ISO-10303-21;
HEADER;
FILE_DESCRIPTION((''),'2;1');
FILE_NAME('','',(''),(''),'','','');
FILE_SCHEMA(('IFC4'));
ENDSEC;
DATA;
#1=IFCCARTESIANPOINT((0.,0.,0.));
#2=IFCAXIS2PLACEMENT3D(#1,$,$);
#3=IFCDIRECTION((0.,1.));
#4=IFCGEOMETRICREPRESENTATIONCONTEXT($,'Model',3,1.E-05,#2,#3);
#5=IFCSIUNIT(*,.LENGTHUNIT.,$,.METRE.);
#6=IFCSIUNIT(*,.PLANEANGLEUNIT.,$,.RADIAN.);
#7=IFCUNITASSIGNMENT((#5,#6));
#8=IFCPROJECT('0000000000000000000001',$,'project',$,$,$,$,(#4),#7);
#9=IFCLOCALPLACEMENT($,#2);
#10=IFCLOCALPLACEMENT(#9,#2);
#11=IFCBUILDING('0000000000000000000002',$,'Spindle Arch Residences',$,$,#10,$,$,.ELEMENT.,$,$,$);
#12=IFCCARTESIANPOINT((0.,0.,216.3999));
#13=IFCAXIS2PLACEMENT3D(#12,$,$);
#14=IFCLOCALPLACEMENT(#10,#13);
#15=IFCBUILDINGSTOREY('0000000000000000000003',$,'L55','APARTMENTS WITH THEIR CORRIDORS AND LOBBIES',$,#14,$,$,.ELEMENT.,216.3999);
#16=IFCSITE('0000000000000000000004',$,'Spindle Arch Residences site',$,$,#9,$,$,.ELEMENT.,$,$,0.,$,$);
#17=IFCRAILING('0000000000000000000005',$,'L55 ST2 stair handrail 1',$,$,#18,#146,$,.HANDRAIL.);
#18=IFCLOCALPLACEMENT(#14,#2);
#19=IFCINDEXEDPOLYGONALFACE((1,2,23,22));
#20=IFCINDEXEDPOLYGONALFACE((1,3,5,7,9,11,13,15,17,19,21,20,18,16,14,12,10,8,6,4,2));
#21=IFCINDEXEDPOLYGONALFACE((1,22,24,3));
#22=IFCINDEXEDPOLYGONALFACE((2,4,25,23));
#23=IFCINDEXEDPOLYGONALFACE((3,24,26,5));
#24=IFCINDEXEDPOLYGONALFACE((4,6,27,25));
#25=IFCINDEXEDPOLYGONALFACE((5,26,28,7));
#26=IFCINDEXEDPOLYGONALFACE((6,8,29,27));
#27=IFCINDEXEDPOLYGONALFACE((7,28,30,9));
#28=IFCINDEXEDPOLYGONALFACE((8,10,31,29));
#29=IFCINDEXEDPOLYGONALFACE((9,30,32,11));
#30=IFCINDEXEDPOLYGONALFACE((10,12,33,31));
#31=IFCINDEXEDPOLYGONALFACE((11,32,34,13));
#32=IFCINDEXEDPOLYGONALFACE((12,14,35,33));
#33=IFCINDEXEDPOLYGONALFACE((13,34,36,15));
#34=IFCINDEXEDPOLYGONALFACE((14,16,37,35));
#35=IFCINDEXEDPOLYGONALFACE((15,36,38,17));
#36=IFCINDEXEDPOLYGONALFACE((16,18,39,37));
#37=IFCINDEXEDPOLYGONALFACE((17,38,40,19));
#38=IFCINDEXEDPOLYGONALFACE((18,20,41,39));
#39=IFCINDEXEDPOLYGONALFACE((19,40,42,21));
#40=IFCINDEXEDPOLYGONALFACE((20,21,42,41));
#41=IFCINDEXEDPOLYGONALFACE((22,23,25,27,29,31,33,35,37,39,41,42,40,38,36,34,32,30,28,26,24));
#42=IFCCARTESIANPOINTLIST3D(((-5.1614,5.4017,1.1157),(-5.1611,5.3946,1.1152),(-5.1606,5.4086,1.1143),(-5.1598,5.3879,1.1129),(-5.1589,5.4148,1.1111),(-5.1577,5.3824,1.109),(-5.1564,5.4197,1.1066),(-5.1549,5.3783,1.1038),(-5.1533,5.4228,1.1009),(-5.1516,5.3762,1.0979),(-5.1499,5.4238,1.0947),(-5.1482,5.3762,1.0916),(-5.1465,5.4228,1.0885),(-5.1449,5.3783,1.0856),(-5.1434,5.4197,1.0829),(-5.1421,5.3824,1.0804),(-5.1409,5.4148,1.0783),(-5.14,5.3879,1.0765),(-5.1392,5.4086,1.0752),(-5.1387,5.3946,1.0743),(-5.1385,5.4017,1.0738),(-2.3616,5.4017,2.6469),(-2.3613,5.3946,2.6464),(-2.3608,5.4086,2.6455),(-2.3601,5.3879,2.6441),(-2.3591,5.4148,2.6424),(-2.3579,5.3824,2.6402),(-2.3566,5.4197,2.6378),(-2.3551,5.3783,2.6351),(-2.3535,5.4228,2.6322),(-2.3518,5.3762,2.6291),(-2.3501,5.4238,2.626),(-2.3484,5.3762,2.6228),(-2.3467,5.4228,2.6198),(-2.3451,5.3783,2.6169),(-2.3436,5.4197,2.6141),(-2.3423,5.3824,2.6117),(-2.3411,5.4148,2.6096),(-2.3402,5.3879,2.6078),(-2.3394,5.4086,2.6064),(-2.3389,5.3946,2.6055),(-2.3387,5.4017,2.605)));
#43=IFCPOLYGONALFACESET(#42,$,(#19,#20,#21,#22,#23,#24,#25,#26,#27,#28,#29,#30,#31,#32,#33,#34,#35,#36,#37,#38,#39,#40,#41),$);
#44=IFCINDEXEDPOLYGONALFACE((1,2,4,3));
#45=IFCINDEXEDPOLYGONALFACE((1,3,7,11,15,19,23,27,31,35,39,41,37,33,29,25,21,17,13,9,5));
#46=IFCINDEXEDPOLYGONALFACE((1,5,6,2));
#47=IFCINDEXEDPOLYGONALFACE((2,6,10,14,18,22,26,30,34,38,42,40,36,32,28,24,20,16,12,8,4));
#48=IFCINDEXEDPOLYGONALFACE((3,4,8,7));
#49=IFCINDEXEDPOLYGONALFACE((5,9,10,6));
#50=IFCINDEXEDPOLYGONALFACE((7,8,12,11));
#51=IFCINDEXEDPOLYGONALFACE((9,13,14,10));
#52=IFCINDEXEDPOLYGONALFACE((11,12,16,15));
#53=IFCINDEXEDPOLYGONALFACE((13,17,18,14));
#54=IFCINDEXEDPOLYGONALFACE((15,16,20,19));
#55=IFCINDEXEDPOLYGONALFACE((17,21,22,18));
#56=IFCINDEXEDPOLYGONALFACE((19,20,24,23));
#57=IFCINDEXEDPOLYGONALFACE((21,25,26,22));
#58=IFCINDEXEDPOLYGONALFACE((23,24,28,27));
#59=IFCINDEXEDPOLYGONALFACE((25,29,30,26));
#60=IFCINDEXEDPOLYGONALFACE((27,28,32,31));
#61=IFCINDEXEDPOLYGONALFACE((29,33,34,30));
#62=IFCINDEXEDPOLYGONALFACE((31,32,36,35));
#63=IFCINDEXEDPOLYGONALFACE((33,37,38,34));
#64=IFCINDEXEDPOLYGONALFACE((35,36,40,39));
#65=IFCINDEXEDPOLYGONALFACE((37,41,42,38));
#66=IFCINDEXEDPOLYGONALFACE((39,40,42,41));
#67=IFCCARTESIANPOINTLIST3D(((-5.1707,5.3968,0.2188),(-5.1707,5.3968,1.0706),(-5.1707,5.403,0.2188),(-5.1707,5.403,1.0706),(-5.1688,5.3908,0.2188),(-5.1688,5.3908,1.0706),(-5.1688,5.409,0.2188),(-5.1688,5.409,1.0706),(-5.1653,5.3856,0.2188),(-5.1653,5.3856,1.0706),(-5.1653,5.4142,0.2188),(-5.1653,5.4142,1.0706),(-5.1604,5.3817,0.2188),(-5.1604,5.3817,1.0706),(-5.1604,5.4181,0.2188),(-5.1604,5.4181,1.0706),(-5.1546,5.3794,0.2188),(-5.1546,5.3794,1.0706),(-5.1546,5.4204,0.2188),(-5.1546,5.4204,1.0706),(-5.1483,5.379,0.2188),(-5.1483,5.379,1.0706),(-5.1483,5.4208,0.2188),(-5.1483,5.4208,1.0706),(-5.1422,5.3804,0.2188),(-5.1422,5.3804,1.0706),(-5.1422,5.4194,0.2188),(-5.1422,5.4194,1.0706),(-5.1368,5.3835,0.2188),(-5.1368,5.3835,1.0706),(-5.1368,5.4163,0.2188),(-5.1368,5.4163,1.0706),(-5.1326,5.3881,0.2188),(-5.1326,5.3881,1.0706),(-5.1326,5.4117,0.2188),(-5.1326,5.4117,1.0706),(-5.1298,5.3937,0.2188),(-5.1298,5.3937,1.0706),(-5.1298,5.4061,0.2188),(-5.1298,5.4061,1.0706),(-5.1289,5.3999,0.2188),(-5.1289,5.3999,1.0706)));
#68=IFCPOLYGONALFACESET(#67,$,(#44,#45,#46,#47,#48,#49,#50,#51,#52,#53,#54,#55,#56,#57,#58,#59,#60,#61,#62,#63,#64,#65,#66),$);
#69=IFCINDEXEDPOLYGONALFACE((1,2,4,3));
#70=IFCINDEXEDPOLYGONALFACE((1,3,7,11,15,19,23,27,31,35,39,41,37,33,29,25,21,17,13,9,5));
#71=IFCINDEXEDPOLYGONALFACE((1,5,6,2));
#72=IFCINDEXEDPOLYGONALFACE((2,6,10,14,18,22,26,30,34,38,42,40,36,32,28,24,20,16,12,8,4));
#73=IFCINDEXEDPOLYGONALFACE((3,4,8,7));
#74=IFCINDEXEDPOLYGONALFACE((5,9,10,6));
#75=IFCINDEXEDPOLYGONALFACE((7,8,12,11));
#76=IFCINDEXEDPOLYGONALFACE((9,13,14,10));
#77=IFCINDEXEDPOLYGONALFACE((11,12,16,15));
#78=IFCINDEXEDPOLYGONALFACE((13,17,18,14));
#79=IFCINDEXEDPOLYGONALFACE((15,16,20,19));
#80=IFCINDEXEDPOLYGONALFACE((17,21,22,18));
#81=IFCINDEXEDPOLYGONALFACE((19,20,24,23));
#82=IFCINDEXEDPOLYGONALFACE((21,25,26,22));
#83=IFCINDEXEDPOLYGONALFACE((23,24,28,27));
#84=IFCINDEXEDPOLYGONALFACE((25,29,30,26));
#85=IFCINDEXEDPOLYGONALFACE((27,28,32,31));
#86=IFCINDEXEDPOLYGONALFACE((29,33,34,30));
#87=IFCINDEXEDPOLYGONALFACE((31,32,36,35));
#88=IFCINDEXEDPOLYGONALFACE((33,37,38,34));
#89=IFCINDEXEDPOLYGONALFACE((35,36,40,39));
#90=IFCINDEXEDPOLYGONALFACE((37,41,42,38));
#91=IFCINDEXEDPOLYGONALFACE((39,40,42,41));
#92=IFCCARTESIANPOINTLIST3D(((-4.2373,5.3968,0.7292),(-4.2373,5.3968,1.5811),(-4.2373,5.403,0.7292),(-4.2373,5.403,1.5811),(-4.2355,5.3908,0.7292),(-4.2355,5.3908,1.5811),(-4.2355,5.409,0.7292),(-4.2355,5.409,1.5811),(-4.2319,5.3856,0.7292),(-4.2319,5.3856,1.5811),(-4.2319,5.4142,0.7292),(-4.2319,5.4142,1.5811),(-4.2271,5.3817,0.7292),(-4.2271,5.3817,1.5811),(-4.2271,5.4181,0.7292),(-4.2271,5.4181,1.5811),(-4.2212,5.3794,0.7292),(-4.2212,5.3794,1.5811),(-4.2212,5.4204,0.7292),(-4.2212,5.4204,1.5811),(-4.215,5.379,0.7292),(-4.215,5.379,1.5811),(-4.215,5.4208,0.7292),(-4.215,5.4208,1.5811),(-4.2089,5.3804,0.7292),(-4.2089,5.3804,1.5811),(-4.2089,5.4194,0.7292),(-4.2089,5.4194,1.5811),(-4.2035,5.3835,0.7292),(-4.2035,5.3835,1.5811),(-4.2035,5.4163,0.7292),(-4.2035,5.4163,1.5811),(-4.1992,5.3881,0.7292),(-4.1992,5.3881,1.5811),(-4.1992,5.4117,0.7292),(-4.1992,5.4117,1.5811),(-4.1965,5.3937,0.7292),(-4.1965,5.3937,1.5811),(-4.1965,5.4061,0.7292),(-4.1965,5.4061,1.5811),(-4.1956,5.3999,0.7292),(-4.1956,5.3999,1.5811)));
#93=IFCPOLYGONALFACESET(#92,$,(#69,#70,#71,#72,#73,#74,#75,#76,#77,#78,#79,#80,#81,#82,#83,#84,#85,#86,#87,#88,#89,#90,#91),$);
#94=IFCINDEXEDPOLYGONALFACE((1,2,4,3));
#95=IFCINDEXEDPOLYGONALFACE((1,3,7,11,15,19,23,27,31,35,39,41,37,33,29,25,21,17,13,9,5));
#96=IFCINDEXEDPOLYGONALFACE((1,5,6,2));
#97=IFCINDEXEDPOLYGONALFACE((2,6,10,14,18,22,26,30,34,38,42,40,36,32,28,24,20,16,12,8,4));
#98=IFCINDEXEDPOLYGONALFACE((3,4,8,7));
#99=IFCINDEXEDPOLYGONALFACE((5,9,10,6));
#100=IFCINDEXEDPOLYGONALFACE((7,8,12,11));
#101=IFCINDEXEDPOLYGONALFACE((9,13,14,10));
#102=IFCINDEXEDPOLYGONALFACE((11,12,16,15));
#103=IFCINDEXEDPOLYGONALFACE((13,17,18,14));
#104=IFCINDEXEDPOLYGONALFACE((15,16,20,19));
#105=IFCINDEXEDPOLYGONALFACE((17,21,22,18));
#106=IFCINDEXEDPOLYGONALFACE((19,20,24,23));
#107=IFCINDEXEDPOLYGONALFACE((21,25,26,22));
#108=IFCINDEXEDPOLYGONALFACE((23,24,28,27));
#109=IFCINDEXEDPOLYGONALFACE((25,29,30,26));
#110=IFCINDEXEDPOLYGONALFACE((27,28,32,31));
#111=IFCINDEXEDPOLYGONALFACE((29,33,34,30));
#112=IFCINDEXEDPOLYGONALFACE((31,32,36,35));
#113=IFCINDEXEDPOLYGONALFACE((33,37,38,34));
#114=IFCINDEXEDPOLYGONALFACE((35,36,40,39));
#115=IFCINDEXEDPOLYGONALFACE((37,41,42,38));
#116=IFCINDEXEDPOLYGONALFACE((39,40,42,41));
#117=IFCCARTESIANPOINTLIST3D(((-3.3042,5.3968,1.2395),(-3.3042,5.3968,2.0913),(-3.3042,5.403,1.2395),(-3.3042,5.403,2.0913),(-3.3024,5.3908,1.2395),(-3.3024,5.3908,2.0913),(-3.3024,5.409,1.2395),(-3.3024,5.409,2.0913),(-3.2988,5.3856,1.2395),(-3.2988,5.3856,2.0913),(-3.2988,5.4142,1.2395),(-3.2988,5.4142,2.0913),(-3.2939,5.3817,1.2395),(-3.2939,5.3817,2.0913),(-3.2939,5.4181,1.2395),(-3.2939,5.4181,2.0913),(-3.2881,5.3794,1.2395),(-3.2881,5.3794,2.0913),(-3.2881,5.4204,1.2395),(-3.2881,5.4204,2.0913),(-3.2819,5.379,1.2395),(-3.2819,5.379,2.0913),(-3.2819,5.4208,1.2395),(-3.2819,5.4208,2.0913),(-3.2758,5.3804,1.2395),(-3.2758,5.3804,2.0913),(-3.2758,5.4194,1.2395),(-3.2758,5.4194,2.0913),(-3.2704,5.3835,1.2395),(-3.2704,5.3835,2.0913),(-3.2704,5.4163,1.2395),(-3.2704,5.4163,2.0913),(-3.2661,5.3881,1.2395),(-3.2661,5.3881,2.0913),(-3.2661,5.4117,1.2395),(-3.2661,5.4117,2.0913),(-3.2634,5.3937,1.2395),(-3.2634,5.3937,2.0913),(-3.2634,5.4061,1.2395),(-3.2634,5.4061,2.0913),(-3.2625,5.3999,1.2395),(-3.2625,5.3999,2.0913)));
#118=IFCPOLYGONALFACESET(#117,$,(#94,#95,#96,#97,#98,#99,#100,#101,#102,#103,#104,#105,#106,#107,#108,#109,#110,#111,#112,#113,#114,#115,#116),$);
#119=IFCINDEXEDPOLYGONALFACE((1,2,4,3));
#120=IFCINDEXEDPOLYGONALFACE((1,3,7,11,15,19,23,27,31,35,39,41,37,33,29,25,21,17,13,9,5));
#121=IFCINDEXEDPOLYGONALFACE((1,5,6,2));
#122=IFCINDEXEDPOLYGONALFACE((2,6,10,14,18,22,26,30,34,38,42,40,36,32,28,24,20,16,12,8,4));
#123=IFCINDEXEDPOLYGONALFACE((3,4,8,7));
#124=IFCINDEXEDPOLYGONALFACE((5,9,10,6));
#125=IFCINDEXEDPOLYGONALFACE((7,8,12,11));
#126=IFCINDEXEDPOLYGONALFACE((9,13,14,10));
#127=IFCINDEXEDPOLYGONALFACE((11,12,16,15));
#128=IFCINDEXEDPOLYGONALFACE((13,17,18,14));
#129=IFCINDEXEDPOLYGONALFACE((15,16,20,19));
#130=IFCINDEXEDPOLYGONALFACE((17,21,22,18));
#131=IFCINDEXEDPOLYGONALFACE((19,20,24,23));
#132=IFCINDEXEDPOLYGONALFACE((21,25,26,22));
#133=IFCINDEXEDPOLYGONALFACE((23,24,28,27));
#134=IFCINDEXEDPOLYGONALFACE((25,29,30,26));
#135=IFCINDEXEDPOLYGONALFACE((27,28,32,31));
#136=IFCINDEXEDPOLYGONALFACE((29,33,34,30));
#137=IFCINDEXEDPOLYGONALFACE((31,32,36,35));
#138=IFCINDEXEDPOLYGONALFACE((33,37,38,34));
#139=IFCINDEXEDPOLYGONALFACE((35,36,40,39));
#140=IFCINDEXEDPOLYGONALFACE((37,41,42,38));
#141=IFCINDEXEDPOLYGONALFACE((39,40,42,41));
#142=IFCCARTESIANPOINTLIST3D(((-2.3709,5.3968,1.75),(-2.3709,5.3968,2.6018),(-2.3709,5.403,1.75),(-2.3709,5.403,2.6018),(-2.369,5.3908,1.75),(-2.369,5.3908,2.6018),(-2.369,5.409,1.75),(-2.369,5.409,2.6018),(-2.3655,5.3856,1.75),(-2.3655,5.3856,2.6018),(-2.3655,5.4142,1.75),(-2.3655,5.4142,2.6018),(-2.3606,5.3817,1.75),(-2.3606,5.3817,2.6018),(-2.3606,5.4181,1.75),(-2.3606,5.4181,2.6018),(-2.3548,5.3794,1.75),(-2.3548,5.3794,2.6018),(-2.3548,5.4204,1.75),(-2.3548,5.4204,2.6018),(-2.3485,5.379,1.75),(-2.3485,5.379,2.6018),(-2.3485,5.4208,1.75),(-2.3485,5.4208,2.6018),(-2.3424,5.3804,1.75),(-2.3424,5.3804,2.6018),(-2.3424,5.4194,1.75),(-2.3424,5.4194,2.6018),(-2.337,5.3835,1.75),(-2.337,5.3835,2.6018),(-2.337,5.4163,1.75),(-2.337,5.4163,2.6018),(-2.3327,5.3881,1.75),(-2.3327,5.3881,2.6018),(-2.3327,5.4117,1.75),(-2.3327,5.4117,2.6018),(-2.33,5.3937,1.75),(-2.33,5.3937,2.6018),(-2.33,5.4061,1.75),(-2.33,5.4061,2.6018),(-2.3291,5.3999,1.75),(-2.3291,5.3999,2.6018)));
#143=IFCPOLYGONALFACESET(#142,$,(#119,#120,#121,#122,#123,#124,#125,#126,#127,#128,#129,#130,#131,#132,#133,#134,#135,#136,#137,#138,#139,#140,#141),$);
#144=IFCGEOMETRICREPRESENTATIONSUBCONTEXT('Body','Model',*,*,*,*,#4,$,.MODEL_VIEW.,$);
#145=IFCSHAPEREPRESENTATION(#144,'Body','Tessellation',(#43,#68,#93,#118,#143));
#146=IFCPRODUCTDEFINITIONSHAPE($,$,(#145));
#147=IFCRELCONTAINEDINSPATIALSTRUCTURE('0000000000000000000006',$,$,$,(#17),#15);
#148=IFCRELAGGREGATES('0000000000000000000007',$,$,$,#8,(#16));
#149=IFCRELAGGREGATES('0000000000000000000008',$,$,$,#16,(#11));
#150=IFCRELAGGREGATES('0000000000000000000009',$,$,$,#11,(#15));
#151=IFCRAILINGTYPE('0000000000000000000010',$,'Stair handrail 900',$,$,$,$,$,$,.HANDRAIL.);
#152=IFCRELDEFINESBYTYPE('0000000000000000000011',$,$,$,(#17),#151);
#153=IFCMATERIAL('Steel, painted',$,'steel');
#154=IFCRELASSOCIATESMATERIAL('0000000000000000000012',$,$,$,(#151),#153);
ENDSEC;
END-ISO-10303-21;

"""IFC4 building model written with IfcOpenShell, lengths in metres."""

from ifc_helpers import new_model, si_unit, direction, frame, origin, origin_2d, place, context, subcontext, project, spatial, circle, extrude, material, type_object, element, save


model = new_model("IFC4")

# Units and contexts
model_context = context("Model", 3, precision=1e-05, world=origin(), true_north=direction((0.0, 1.0)))
body_context = subcontext(model_context, "Body", "Model", "MODEL_VIEW")
ifc_project = project(units=[si_unit("LENGTHUNIT", "METRE"), si_unit("PLANEANGLEUNIT", "RADIAN")], contexts=[model_context])

# Site, building, storey
site_placement = place(None, origin())
site = spatial("IfcSite", under=ifc_project, at=site_placement, Name="Spindle Arch Residences site", CompositionType="ELEMENT", RefElevation=0.0)
building_placement = place(site_placement, origin())
building = spatial("IfcBuilding", under=site, at=building_placement, Name="Spindle Arch Residences", CompositionType="ELEMENT")
storey_placement = place(building_placement, frame((0.0, 0.0, 216.3999)))
storey = spatial("IfcBuildingStorey", under=building, at=storey_placement, Name="L55", Description="APARTMENTS WITH THEIR CORRIDORS AND LOBBIES", CompositionType="ELEMENT", Elevation=216.3999)

# Railing
ifc_material_1 = material(Name="Steel, painted", Category="steel")
railing_type_1 = type_object("IfcRailingType", Name="Stair handrail 900", PredefinedType="HANDRAIL", material=ifc_material_1)
railing_1_placement = place(storey_placement, frame((-5.1499, 5.3999, 0.2188)))
element("IfcRailing", 1, at=railing_1_placement, inside=storey, type_object=railing_type_1, Name="L55 ST2 stair handrail 1", PredefinedType="HANDRAIL", context=body_context, shape_type="SweptSolid", body=[
    extrude(circle(Radius=0.0239, at=origin_2d()), frame((0.0, 0.0, 0.876), z_axis=(0.877357, 0.0, 0.479838), x_axis=(0.0, 1.0, 0.0)), (0.0, 0.0, 1.0), 3.1912),
    extrude(circle(Radius=0.021, at=origin_2d()), origin(), (0.0, 0.0, 1.0), 0.8518),
    extrude(circle(Radius=0.021, at=origin_2d()), frame((0.9333, 0.0, 0.5105)), (0.0, 0.0, 1.0), 0.8518),
    extrude(circle(Radius=0.021, at=origin_2d()), frame((1.8665, 0.0, 1.0208)), (0.0, 0.0, 1.0), 0.8518),
    extrude(circle(Radius=0.021, at=origin_2d()), frame((2.7998, 0.0, 1.5312)), (0.0, 0.0, 1.0), 0.8518),
])

save(model, "model.ifc")
